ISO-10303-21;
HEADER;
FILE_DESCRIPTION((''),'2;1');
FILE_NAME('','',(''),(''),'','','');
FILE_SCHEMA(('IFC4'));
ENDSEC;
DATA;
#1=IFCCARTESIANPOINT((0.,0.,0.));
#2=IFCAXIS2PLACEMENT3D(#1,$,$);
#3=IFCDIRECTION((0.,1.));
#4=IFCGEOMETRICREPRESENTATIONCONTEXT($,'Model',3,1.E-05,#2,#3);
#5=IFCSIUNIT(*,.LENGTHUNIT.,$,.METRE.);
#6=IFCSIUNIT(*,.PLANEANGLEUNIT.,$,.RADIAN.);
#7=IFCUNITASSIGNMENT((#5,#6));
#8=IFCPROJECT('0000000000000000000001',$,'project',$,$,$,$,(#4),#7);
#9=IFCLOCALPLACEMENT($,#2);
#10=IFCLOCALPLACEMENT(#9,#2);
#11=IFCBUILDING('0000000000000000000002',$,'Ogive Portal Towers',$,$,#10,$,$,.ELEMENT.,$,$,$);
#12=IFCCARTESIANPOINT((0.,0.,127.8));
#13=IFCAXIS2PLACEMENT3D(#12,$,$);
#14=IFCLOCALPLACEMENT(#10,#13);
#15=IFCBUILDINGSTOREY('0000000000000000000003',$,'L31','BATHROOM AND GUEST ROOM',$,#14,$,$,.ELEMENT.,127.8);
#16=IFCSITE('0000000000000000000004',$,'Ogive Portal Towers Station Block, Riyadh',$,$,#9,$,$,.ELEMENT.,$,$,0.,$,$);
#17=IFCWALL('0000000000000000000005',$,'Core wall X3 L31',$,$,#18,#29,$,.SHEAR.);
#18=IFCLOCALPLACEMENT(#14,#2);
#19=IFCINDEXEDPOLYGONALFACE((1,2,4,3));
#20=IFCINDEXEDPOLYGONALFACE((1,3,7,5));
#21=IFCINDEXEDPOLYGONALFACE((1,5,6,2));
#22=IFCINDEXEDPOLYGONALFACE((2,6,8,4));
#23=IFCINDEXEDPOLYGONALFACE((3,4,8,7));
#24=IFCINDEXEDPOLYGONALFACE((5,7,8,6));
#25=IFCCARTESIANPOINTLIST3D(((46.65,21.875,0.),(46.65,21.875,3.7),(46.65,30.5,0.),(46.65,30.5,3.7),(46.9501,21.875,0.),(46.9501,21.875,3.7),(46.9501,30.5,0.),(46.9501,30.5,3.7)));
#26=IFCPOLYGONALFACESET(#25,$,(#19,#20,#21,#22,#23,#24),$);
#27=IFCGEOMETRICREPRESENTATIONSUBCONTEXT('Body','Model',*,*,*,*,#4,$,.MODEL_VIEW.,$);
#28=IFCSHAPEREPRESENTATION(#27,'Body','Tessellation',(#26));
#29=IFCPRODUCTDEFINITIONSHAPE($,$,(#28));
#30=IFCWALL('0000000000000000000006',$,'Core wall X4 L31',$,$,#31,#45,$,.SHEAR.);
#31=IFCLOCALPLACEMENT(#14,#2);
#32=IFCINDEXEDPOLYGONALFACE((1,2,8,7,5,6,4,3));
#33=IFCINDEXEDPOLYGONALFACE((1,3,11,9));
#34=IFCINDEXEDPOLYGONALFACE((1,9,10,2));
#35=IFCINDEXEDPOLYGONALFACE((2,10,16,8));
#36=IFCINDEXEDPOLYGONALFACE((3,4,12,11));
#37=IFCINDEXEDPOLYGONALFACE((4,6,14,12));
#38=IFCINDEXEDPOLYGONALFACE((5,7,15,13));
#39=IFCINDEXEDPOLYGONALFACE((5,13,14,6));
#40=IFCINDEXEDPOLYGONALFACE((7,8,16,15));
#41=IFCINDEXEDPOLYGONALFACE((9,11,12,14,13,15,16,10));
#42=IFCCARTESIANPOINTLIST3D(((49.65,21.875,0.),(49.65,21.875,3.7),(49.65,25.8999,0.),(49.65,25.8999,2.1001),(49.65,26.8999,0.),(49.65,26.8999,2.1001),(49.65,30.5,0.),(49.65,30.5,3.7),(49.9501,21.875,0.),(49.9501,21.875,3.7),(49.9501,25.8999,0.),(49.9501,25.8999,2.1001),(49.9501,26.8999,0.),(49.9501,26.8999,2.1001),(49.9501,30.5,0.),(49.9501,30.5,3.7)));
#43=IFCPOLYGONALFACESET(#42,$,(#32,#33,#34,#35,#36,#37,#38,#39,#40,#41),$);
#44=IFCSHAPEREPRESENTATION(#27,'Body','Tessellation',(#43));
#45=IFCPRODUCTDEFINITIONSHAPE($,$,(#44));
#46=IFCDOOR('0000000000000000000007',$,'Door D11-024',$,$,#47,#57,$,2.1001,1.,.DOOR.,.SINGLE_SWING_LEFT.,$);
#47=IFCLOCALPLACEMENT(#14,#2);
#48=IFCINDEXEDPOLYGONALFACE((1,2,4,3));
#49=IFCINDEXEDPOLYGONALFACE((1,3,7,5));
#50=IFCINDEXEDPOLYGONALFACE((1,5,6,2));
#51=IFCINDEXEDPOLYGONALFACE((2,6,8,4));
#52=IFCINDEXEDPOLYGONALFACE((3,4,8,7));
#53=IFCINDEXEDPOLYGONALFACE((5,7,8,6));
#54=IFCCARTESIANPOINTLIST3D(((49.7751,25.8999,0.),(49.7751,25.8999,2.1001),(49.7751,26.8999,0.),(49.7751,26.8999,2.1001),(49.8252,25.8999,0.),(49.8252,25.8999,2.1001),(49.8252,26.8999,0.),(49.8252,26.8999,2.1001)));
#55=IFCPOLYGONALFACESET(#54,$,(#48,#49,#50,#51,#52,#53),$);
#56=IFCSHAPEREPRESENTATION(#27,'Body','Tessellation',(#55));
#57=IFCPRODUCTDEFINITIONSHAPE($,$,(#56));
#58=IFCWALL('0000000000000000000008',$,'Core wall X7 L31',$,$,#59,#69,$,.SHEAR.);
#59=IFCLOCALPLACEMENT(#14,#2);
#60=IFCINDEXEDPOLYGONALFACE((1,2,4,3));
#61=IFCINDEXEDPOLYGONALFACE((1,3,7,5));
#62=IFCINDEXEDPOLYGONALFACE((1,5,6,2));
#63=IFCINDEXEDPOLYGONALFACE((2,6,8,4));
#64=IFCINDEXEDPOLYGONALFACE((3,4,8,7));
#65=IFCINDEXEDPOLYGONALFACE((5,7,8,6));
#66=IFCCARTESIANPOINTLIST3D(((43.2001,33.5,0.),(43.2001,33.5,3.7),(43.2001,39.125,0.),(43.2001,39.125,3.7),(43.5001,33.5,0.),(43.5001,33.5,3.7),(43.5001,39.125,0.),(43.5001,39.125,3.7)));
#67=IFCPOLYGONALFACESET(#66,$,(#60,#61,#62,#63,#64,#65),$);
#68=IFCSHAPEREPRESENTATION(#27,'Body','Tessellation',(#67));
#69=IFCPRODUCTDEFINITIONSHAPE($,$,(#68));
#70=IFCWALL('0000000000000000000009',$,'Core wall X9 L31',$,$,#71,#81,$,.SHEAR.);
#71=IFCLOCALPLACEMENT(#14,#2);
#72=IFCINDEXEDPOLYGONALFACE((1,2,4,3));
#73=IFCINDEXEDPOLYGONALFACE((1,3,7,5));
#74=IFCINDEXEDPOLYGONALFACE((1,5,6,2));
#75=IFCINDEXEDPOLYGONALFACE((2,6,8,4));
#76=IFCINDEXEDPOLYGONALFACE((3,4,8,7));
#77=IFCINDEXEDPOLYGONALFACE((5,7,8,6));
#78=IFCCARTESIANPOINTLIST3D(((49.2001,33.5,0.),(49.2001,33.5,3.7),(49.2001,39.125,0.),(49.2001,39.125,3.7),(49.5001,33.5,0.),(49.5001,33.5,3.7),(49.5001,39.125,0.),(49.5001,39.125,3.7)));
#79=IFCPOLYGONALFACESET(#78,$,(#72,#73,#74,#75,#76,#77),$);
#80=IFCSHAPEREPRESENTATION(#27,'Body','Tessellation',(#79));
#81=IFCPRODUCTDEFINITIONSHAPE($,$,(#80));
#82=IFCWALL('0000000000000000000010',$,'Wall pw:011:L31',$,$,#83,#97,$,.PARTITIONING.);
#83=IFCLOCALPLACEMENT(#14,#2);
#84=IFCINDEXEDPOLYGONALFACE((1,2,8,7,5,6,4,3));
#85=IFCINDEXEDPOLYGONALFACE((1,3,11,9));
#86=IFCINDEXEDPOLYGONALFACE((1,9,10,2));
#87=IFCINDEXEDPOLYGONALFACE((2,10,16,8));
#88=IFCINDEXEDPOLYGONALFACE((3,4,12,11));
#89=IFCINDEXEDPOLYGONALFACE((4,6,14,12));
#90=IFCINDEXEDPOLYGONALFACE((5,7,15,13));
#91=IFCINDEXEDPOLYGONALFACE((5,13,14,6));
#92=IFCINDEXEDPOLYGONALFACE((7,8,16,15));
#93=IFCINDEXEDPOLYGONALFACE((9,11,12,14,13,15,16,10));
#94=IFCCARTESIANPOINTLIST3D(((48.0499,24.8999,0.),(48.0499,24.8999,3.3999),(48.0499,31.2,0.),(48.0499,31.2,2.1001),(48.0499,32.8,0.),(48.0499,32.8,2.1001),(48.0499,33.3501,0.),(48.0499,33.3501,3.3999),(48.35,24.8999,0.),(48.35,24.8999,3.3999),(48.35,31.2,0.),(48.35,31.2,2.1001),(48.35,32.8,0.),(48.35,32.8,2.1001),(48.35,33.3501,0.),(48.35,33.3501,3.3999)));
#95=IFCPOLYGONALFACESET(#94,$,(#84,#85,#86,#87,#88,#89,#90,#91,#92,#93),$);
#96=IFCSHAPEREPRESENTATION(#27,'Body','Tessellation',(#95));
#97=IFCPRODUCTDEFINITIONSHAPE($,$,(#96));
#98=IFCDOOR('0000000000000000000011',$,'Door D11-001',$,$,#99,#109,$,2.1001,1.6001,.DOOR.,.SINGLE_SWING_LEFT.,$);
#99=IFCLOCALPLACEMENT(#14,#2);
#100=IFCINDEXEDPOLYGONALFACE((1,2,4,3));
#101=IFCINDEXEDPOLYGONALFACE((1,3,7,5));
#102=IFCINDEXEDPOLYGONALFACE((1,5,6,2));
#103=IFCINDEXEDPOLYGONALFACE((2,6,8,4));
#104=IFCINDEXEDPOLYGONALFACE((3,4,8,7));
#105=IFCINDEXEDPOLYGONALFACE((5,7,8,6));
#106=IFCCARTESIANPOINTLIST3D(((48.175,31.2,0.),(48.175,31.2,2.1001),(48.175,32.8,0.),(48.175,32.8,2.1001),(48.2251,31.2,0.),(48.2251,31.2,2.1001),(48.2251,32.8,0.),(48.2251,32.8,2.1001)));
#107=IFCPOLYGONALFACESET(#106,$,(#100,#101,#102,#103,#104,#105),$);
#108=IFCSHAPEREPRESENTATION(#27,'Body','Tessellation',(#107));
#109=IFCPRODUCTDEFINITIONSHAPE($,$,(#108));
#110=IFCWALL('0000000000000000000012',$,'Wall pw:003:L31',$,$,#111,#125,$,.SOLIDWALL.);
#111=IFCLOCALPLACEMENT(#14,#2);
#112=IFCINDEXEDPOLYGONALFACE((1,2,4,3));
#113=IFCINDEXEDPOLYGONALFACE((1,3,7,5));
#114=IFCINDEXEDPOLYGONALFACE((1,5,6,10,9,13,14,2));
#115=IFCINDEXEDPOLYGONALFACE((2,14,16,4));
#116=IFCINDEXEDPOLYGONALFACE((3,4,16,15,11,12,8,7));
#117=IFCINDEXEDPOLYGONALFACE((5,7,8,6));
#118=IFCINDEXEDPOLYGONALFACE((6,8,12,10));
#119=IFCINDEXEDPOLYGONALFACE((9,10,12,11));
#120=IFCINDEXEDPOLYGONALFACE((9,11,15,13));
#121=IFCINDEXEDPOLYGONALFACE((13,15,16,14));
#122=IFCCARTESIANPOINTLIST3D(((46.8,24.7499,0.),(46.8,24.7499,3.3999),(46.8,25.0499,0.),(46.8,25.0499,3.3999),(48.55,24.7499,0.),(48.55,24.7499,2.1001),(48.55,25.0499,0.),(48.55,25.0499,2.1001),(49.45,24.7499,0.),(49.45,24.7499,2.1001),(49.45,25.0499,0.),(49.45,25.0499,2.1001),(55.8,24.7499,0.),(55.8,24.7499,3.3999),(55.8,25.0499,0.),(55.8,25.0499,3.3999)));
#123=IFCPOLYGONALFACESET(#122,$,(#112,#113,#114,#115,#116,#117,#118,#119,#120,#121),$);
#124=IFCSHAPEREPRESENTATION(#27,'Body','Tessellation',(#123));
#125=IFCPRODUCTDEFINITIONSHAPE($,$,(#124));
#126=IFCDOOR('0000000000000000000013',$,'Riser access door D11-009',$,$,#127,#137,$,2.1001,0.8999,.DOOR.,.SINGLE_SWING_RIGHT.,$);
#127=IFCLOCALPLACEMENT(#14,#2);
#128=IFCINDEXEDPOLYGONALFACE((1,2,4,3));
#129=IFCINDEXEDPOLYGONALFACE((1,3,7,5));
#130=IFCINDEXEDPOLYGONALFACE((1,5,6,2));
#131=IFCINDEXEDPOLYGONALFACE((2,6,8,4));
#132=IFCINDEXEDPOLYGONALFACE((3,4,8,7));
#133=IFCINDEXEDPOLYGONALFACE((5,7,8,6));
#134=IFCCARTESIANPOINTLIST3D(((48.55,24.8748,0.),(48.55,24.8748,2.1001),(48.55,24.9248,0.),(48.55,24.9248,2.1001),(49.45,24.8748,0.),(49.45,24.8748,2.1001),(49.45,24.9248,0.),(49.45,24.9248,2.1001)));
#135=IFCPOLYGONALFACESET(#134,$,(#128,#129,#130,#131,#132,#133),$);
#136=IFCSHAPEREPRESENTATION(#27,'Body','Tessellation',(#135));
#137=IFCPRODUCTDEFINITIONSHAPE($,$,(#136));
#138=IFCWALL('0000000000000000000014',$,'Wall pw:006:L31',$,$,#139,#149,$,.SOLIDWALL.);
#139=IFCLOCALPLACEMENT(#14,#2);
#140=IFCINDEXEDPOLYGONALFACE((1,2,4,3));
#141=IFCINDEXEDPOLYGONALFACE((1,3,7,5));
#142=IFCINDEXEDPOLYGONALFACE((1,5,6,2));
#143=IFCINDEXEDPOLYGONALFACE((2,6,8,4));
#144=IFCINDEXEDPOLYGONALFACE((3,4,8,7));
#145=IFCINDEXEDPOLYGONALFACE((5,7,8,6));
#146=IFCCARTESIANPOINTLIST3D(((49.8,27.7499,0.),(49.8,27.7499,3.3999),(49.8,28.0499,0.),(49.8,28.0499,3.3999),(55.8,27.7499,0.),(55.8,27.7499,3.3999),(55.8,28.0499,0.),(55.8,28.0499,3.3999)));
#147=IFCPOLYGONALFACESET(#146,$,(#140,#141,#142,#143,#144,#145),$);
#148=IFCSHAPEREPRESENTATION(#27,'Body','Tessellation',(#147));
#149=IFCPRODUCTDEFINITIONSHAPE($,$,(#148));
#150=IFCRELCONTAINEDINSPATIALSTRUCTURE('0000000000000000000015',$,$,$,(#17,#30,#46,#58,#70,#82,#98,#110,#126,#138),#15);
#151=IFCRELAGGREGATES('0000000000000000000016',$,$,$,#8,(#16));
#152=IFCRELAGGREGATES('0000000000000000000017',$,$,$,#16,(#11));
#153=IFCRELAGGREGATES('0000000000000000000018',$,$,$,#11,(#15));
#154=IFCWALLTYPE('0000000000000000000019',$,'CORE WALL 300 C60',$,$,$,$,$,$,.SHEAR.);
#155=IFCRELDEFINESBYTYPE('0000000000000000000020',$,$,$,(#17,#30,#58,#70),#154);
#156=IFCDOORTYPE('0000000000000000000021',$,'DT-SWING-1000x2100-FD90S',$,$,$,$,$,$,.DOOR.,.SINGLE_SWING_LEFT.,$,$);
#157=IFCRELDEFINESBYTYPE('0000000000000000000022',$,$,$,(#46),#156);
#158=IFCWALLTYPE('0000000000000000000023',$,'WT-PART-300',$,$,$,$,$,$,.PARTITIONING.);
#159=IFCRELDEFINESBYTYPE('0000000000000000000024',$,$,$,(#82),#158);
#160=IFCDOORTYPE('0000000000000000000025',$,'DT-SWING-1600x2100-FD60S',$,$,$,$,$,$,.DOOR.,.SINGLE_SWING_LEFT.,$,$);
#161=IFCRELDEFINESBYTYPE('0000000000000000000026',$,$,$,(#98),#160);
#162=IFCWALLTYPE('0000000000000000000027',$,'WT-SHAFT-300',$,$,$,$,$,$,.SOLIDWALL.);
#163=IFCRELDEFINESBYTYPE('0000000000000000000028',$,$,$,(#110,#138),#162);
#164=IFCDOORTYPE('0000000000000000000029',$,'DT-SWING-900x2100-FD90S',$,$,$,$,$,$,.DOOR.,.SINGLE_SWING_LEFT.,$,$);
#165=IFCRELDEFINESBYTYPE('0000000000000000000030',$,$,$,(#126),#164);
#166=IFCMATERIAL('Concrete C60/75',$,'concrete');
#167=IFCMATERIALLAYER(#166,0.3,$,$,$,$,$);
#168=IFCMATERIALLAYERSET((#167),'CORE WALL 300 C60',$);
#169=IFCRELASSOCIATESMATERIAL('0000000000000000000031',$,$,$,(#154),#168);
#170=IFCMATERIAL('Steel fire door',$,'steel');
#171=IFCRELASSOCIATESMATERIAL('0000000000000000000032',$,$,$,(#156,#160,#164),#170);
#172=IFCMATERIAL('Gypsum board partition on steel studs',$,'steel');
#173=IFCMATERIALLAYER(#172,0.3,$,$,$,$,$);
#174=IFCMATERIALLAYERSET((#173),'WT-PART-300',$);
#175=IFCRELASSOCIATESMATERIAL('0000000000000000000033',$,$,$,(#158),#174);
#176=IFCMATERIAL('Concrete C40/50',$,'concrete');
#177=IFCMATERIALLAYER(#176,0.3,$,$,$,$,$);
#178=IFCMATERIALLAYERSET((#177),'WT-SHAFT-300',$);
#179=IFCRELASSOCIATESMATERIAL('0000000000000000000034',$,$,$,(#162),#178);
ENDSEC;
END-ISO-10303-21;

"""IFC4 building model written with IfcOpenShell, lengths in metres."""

from ifc_helpers import new_model, si_unit, direction, frame, frame_2d, origin, place, context, subcontext, project, spatial, rectangle, extrude, material, layer, layer_set, type_object, element, fill, save


model = new_model("IFC4")

# Units and contexts
model_context = context("Model", 3, precision=1e-05, world=origin(), true_north=direction((0.0, 1.0)))
body_context = subcontext(model_context, "Body", "Model", "MODEL_VIEW")
ifc_project = project(units=[si_unit("LENGTHUNIT", "METRE"), si_unit("PLANEANGLEUNIT", "RADIAN")], contexts=[model_context])

# Site, building, storey
site_placement = place(None, origin())
site = spatial("IfcSite", under=ifc_project, at=site_placement, Name="Ogive Portal Towers Station Block, Riyadh", CompositionType="ELEMENT", RefElevation=0.0)
building_placement = place(site_placement, origin())
building = spatial("IfcBuilding", under=site, at=building_placement, Name="Ogive Portal Towers", CompositionType="ELEMENT")
storey_placement = place(building_placement, frame((0.0, 0.0, 127.8)))
storey = spatial("IfcBuildingStorey", under=building, at=storey_placement, Name="L31", Description="BATHROOM AND GUEST ROOM", CompositionType="ELEMENT", Elevation=127.8)

# Wall
ifc_material_1 = material(Name="Concrete C60/75", Category="concrete")
ifc_layer_1 = layer(ifc_material_1, 0.3)
ifc_layer_set_1 = layer_set([ifc_layer_1], Name="CORE WALL 300 C60")
wall_type_1 = type_object("IfcWallType", Name="CORE WALL 300 C60", PredefinedType="SHEAR", material=ifc_layer_set_1)
wall_1_placement = place(storey_placement, frame((46.8, 21.875, 0.0), z_axis=(0.0, 0.0, 1.0), x_axis=(0.0, 1.0, 0.0)))
element("IfcWall", 1, at=wall_1_placement, inside=storey, type_object=wall_type_1, Name="Core wall X3 L31", PredefinedType="SHEAR", context=body_context, shape_type="SweptSolid", body=[
    extrude(rectangle(XDim=8.625, YDim=0.3, at=frame_2d((4.3125, 0.0))), origin(), (0.0, 0.0, 1.0), 3.7),
])

# Wall, opening, door
wall_2_placement = place(storey_placement, frame((49.8, 21.875, 0.0), z_axis=(0.0, 0.0, 1.0), x_axis=(0.0, 1.0, 0.0)))
wall_2 = element("IfcWall", 2, at=wall_2_placement, inside=storey, type_object=wall_type_1, Name="Core wall X4 L31", PredefinedType="SHEAR", context=body_context, shape_type="SweptSolid", body=[
    extrude(rectangle(XDim=8.625, YDim=0.3, at=frame_2d((4.3125, 0.0))), origin(), (0.0, 0.0, 1.0), 3.7),
])
opening_1_placement = place(wall_2_placement, frame((4.0249, 0.0, 0.0)))
opening_1 = element("IfcOpeningElement", 3, at=opening_1_placement, cuts=wall_2, PredefinedType="OPENING", context=body_context, shape_type="SweptSolid", body=[
    extrude(rectangle(XDim=1.0, YDim=2.1001, at=frame_2d((0.5, 1.05))), frame((0.0, 0.1602, 0.0), z_axis=(0.0, -1.0, 0.0), x_axis=(1.0, 0.0, 0.0)), (0.0, 0.0, 1.0), 0.3201),
])
ifc_material_2 = material(Name="Steel fire door", Category="steel")
door_type_1 = type_object("IfcDoorType", Name="DT-SWING-1000x2100-FD90S", OperationType="SINGLE_SWING_LEFT", PredefinedType="DOOR", material=ifc_material_2)
door_1_placement = place(opening_1_placement, origin())
door_1 = element("IfcDoor", 4, at=door_1_placement, inside=storey, type_object=door_type_1, Name="Door D11-024", OperationType="SINGLE_SWING_LEFT", OverallHeight=2.1001, OverallWidth=1.0, PredefinedType="DOOR", context=body_context, shape_type="SweptSolid", body=[
    extrude(rectangle(XDim=1.0, YDim=2.1001, at=frame_2d((0.5, 1.05))), frame((0.0, 0.0249, 0.0), z_axis=(0.0, -1.0, 0.0), x_axis=(1.0, 0.0, 0.0)), (0.0, 0.0, 1.0), 0.05),
])
fill(opening_1, door_1)

# Walls
for number, where, z_axis, x_axis, name in (
    (5, (43.3501, 33.5, 0.0), (0.0, 0.0, 1.0), (0.0, 1.0, 0.0), "Core wall X7 L31"),
    (6, (49.3501, 33.5, 0.0), (0.0, 0.0, 1.0), (0.0, 1.0, 0.0), "Core wall X9 L31"),
):
    element("IfcWall", number, at=place(storey_placement, frame(where, z_axis=z_axis, x_axis=x_axis)), inside=storey, type_object=wall_type_1, Name=name, PredefinedType="SHEAR", context=body_context, shape_type="SweptSolid", body=[
        extrude(rectangle(XDim=5.625, YDim=0.3, at=frame_2d((2.8125, 0.0))), origin(), (0.0, 0.0, 1.0), 3.7),
    ])

# Walls, openings, doors
ifc_material_3 = material(Name="Gypsum board partition on steel studs", Category="steel")
ifc_layer_2 = layer(ifc_material_3, 0.3)
ifc_layer_set_2 = layer_set([ifc_layer_2], Name="WT-PART-300")
wall_type_2 = type_object("IfcWallType", Name="WT-PART-300", PredefinedType="PARTITIONING", material=ifc_layer_set_2)
wall_3_placement = place(storey_placement, frame((48.2, 24.8999, 0.0), z_axis=(0.0, 0.0, 1.0), x_axis=(0.0, 1.0, 0.0)))
wall_3 = element("IfcWall", 7, at=wall_3_placement, inside=storey, type_object=wall_type_2, Name="Wall pw:011:L31", PredefinedType="PARTITIONING", context=body_context, shape_type="SweptSolid", body=[
    extrude(rectangle(XDim=8.4502, YDim=0.3, at=frame_2d((4.2251, 0.0))), origin(), (0.0, 0.0, 1.0), 3.3999),
])
opening_2_placement = place(wall_3_placement, frame((6.3, 0.0, 0.0)))
opening_2 = element("IfcOpeningElement", 8, at=opening_2_placement, cuts=wall_3, PredefinedType="OPENING", context=body_context, shape_type="SweptSolid", body=[
    extrude(rectangle(XDim=1.6001, YDim=2.1001, at=frame_2d((0.8, 1.05))), frame((0.0, 0.1602, 0.0), z_axis=(0.0, -1.0, 0.0), x_axis=(1.0, 0.0, 0.0)), (0.0, 0.0, 1.0), 0.3201),
])
door_type_2 = type_object("IfcDoorType", Name="DT-SWING-1600x2100-FD60S", OperationType="SINGLE_SWING_LEFT", PredefinedType="DOOR", material=ifc_material_2)
door_2_placement = place(opening_2_placement, origin())
door_2 = element("IfcDoor", 9, at=door_2_placement, inside=storey, type_object=door_type_2, Name="Door D11-001", OperationType="SINGLE_SWING_LEFT", OverallHeight=2.1001, OverallWidth=1.6001, PredefinedType="DOOR", context=body_context, shape_type="SweptSolid", body=[
    extrude(rectangle(XDim=1.6001, YDim=2.1001, at=frame_2d((0.8, 1.05))), frame((0.0, 0.0249, 0.0), z_axis=(0.0, -1.0, 0.0), x_axis=(1.0, 0.0, 0.0)), (0.0, 0.0, 1.0), 0.05),
])
fill(opening_2, door_2)
ifc_material_4 = material(Name="Concrete C40/50", Category="concrete")
ifc_layer_3 = layer(ifc_material_4, 0.3)
ifc_layer_set_3 = layer_set([ifc_layer_3], Name="WT-SHAFT-300")
wall_type_3 = type_object("IfcWallType", Name="WT-SHAFT-300", PredefinedType="SOLIDWALL", material=ifc_layer_set_3)
wall_4_placement = place(storey_placement, frame((46.8, 24.8999, 0.0), z_axis=(0.0, 0.0, 1.0), x_axis=(1.0, 0.0, 0.0)))
wall_4 = element("IfcWall", 10, at=wall_4_placement, inside=storey, type_object=wall_type_3, Name="Wall pw:003:L31", PredefinedType="SOLIDWALL", context=body_context, shape_type="SweptSolid", body=[
    extrude(rectangle(XDim=9.0, YDim=0.3, at=frame_2d((4.5, 0.0))), origin(), (0.0, 0.0, 1.0), 3.3999),
])
opening_3_placement = place(wall_4_placement, frame((1.75, 0.0, 0.0)))
opening_3 = element("IfcOpeningElement", 11, at=opening_3_placement, cuts=wall_4, PredefinedType="OPENING", context=body_context, shape_type="SweptSolid", body=[
    extrude(rectangle(XDim=0.8999, YDim=2.1001, at=frame_2d((0.45, 1.05))), frame((0.0, 0.1602, 0.0), z_axis=(0.0, -1.0, 0.0), x_axis=(1.0, 0.0, 0.0)), (0.0, 0.0, 1.0), 0.3201),
])
door_type_3 = type_object("IfcDoorType", Name="DT-SWING-900x2100-FD90S", OperationType="SINGLE_SWING_LEFT", PredefinedType="DOOR", material=ifc_material_2)
door_3_placement = place(opening_3_placement, origin())
door_3 = element("IfcDoor", 12, at=door_3_placement, inside=storey, type_object=door_type_3, Name="Riser access door D11-009", OperationType="SINGLE_SWING_RIGHT", OverallHeight=2.1001, OverallWidth=0.8999, PredefinedType="DOOR", context=body_context, shape_type="SweptSolid", body=[
    extrude(rectangle(XDim=0.8999, YDim=2.1001, at=frame_2d((0.45, 1.05))), frame((0.0, 0.0249, 0.0), z_axis=(0.0, -1.0, 0.0), x_axis=(1.0, 0.0, 0.0)), (0.0, 0.0, 1.0), 0.05),
])
fill(opening_3, door_3)

# Wall
wall_5_placement = place(storey_placement, frame((49.8, 27.8999, 0.0), z_axis=(0.0, 0.0, 1.0), x_axis=(1.0, 0.0, 0.0)))
element("IfcWall", 13, at=wall_5_placement, inside=storey, type_object=wall_type_3, Name="Wall pw:006:L31", PredefinedType="SOLIDWALL", context=body_context, shape_type="SweptSolid", body=[
    extrude(rectangle(XDim=6.0, YDim=0.3, at=frame_2d((3.0, 0.0))), origin(), (0.0, 0.0, 1.0), 3.3999),
])

save(model, "model.ifc")
